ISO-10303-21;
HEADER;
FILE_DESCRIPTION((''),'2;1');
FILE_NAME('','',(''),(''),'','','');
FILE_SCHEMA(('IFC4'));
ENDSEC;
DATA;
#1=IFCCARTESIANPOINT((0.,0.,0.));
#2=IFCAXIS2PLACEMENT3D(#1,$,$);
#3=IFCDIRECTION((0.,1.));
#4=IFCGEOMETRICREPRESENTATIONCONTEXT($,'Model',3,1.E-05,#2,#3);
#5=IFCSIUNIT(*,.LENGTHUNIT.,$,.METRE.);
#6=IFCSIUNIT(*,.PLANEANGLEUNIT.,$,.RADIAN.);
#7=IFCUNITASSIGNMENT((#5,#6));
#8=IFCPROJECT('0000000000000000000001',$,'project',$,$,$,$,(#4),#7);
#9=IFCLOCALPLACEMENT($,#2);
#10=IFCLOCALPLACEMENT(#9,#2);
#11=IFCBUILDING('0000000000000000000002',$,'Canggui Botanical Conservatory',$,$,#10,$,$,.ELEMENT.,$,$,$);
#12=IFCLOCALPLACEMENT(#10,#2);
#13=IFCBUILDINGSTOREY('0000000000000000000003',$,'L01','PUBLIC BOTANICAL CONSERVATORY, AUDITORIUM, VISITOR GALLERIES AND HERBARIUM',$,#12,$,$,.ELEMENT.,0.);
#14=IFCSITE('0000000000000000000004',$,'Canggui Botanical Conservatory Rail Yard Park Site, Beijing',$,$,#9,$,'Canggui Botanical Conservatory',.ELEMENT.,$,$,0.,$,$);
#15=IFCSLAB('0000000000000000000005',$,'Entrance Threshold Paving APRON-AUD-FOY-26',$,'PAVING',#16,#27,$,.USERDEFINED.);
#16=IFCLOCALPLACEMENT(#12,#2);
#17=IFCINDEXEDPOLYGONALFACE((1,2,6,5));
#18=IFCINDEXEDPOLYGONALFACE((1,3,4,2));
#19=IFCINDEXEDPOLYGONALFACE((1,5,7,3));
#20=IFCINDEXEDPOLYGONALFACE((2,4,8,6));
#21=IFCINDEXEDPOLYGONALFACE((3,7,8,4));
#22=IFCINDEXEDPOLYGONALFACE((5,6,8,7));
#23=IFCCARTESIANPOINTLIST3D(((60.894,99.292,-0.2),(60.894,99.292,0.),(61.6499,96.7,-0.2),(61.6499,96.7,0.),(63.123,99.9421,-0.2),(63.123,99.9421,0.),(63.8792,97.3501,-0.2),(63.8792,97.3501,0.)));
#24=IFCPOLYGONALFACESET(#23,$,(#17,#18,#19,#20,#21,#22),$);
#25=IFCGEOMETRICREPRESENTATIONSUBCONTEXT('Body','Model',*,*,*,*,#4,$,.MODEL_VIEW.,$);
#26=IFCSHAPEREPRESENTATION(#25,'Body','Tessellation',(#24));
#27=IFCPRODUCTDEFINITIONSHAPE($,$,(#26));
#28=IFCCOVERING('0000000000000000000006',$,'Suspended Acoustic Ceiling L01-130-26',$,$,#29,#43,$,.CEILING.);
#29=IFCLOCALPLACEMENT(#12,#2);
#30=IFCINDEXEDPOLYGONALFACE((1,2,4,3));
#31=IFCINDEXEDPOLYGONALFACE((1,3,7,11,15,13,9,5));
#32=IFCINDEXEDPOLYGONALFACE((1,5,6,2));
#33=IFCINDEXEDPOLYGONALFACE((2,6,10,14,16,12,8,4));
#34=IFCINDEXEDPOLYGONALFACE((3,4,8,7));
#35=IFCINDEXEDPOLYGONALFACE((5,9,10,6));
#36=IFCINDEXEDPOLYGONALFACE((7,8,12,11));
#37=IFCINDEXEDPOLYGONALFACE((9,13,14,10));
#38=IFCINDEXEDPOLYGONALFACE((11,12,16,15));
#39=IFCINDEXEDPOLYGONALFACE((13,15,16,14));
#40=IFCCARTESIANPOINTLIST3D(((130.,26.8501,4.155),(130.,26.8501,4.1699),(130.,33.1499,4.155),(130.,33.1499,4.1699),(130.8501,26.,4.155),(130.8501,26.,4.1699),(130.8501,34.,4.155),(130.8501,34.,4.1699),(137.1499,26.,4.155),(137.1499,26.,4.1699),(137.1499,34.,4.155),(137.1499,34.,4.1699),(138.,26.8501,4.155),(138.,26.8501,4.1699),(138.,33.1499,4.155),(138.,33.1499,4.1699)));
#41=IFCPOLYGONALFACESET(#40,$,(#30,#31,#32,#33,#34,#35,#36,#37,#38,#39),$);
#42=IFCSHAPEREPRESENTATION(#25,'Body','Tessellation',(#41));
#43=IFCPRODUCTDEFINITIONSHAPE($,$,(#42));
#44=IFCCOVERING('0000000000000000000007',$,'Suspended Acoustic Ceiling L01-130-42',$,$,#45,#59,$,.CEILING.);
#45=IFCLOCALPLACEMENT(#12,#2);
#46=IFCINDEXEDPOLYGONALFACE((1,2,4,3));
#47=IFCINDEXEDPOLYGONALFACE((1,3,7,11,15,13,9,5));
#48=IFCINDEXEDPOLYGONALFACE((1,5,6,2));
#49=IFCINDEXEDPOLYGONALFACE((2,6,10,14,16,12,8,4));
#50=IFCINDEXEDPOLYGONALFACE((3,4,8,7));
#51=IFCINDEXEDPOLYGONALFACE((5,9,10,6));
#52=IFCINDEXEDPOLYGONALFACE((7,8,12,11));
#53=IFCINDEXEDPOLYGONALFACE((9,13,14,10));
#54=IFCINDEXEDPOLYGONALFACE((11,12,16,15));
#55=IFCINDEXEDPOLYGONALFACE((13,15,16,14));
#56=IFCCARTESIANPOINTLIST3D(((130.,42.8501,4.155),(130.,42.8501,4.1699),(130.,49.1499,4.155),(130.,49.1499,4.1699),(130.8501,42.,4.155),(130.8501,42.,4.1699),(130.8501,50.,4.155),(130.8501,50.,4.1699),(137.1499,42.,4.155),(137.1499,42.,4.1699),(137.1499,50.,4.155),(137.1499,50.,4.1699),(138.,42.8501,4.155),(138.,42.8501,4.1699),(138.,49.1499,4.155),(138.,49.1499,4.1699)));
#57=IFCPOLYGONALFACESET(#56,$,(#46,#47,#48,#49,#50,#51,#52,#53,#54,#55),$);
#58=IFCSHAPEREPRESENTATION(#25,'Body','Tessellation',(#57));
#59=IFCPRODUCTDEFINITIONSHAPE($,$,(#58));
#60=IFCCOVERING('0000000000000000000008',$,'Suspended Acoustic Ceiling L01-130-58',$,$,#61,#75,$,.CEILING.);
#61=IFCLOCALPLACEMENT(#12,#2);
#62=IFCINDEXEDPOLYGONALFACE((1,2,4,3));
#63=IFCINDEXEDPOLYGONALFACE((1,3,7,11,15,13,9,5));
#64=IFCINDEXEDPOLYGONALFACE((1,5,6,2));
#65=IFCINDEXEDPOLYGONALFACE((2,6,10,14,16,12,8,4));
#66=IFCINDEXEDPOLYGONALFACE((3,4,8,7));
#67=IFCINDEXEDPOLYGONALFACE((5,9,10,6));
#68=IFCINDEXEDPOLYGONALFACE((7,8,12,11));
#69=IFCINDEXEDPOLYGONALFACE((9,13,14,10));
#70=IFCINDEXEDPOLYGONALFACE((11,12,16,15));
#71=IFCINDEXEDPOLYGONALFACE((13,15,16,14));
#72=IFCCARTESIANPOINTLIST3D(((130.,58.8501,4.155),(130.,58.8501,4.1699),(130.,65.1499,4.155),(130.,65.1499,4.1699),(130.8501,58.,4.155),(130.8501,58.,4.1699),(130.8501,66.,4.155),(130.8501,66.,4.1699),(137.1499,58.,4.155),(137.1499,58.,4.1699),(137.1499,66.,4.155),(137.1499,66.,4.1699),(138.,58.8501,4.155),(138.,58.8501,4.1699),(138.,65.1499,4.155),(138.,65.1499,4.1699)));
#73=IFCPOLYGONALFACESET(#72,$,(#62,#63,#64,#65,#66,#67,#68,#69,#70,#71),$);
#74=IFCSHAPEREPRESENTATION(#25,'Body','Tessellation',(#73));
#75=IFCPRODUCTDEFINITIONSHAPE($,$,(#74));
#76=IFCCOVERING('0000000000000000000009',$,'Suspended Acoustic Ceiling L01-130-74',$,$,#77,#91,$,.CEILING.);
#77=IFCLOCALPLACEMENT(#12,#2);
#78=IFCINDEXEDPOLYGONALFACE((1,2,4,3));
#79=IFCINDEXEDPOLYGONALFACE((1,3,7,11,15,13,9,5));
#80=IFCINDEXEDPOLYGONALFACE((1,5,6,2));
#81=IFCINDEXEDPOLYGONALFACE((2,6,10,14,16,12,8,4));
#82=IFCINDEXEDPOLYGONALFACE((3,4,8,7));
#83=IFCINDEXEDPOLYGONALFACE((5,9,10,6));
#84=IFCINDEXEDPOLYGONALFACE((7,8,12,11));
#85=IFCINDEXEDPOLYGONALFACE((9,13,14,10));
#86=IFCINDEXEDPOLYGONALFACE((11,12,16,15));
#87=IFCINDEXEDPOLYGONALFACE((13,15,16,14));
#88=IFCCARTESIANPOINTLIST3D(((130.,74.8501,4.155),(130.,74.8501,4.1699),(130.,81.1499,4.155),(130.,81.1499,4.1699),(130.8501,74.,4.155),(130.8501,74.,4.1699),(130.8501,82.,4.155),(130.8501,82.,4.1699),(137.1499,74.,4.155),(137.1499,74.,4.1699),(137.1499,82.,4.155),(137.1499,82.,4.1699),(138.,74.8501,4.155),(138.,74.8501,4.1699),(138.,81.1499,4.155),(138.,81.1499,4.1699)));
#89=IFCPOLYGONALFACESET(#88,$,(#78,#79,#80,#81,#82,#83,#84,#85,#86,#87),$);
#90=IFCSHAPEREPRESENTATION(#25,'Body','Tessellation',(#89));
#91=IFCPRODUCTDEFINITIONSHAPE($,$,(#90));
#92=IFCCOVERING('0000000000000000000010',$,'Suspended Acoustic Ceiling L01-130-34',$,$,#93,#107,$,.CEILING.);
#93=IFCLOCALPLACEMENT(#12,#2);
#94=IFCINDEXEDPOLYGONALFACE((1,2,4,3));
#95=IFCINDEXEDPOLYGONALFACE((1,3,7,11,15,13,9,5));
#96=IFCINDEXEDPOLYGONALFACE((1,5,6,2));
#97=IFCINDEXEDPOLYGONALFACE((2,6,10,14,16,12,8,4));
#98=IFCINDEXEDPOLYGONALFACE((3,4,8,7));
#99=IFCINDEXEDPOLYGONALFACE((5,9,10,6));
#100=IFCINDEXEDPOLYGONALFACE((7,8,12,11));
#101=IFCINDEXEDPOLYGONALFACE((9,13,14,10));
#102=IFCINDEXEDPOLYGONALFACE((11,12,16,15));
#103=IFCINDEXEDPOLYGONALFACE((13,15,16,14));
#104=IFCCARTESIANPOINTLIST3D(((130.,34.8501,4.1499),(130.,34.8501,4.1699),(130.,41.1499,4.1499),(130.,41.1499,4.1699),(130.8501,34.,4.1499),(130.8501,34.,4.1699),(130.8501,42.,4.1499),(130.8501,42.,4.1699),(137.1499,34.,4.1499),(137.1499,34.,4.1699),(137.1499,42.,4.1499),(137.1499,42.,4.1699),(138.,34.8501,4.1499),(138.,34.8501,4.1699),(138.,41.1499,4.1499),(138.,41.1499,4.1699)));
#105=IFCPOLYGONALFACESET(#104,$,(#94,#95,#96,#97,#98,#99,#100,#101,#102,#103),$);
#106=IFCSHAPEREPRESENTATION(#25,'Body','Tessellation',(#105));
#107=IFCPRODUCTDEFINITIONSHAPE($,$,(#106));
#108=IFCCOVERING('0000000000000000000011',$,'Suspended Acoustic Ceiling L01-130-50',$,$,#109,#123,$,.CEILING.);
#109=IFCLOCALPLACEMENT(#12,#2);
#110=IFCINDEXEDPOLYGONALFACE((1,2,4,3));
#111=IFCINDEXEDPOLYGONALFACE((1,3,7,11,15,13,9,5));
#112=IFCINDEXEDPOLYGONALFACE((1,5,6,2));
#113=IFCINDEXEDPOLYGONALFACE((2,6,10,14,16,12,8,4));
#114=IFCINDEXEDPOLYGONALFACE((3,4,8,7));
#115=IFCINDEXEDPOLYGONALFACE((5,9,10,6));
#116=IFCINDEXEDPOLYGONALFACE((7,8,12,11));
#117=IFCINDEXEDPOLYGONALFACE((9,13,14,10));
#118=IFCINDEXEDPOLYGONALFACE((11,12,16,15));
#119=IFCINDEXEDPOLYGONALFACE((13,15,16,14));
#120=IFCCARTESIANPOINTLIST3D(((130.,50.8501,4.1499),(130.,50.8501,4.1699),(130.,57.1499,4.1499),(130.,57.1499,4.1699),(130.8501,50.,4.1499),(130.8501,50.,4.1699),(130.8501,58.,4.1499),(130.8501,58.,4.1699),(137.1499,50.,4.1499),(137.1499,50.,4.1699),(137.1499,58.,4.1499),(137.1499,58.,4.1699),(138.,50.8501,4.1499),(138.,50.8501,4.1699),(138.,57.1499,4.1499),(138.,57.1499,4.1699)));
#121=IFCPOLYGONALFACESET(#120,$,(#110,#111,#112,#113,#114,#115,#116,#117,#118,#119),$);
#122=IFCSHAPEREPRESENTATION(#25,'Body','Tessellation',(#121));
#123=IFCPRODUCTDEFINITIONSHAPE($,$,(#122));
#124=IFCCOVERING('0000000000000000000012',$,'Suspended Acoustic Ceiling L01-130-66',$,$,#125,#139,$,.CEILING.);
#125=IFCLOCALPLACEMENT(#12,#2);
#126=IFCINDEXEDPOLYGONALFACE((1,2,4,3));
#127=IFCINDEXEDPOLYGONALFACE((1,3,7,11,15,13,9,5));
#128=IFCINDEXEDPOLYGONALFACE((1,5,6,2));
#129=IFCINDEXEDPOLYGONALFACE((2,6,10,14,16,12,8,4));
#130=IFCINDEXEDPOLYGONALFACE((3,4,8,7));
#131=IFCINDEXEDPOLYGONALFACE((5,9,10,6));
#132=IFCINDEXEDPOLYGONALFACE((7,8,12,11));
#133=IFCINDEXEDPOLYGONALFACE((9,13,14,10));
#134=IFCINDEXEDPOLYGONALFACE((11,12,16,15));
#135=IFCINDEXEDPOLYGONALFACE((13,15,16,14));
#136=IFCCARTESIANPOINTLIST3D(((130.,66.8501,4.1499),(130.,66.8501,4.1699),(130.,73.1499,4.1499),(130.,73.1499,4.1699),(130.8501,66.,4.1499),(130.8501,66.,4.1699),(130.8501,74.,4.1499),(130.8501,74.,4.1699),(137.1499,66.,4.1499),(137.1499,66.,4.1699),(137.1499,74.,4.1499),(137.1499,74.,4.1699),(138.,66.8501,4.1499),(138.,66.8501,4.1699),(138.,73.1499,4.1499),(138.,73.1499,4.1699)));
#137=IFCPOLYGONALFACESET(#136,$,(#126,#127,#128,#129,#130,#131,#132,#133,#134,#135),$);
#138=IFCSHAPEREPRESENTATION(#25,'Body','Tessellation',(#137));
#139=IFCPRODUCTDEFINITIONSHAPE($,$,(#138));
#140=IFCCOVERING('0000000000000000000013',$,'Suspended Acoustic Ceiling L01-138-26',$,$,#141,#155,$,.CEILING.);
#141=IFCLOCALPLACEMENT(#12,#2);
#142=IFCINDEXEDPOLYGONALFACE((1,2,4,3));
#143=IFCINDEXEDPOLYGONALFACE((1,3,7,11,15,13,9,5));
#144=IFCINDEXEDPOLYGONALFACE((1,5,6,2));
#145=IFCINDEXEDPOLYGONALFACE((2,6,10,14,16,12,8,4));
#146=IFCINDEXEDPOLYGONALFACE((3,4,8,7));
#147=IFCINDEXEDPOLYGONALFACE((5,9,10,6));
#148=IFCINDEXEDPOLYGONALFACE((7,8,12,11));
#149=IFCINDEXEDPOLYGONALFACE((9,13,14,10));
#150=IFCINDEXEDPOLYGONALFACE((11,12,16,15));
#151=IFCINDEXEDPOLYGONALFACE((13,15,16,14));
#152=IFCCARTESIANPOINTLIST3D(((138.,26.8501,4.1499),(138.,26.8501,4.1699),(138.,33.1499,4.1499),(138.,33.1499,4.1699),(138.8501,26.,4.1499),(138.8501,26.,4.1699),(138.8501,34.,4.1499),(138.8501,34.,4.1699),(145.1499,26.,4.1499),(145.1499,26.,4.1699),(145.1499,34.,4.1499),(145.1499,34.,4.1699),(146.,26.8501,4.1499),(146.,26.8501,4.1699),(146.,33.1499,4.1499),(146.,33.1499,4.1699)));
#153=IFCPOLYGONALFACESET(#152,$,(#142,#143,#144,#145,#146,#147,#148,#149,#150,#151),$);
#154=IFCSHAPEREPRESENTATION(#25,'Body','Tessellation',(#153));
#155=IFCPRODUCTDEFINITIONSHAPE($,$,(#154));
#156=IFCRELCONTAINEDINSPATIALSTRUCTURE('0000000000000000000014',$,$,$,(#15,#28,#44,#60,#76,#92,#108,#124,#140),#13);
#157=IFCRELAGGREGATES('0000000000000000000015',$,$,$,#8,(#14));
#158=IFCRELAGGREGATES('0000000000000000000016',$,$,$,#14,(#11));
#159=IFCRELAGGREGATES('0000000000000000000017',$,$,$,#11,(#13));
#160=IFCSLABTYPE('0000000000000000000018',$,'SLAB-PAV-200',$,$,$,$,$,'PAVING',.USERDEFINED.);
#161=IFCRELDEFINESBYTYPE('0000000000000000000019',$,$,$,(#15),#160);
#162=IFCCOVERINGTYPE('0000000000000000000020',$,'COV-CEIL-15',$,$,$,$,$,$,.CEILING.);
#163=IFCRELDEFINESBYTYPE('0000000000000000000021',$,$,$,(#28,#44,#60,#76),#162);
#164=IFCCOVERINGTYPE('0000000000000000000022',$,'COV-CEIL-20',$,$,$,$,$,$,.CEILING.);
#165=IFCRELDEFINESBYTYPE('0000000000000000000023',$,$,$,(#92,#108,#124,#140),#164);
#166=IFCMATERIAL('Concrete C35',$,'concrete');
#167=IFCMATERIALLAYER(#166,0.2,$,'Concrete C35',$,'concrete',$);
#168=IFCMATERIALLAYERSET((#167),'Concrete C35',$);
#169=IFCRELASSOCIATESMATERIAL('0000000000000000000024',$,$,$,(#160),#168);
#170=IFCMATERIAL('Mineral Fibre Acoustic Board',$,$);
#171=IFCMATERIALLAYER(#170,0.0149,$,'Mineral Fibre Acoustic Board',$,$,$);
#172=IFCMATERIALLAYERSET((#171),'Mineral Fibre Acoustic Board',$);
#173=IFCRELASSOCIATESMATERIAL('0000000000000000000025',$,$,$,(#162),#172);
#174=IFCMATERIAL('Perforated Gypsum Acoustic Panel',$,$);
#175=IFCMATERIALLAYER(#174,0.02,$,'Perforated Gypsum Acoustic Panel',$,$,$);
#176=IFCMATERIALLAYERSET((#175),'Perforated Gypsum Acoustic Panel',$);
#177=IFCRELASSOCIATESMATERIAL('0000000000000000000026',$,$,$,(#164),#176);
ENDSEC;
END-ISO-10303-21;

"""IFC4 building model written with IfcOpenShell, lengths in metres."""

from ifc_helpers import new_model, si_unit, direction, frame, origin, place, context, subcontext, project, spatial, polyline, outline, extrude, material, layer, layer_set, type_object, element, save


model = new_model("IFC4")

# Units and contexts
model_context = context("Model", 3, precision=1e-05, world=origin(), true_north=direction((0.0, 1.0)))
body_context = subcontext(model_context, "Body", "Model", "MODEL_VIEW")
ifc_project = project(units=[si_unit("LENGTHUNIT", "METRE"), si_unit("PLANEANGLEUNIT", "RADIAN")], contexts=[model_context])

# Site, building, storey
site_placement = place(None, origin())
site = spatial("IfcSite", under=ifc_project, at=site_placement, Name="Canggui Botanical Conservatory Rail Yard Park Site, Beijing", LongName="Canggui Botanical Conservatory", CompositionType="ELEMENT", RefElevation=0.0)
building_placement = place(site_placement, origin())
building = spatial("IfcBuilding", under=site, at=building_placement, Name="Canggui Botanical Conservatory", CompositionType="ELEMENT")
storey_placement = place(building_placement, origin())
storey = spatial("IfcBuildingStorey", under=building, at=storey_placement, Name="L01", Description="PUBLIC BOTANICAL CONSERVATORY, AUDITORIUM, VISITOR GALLERIES AND HERBARIUM", CompositionType="ELEMENT", Elevation=0.0)

# Shared definitions
ifc_material_1 = material(Name="Concrete C35", Category="concrete")

# Slab
ifc_layer_1 = layer(ifc_material_1, 0.2, Name="Concrete C35", Category="concrete")
ifc_layer_set_1 = layer_set([ifc_layer_1], Name="Concrete C35")
slab_type_1 = type_object("IfcSlabType", Name="SLAB-PAV-200", ElementType="PAVING", PredefinedType="USERDEFINED", material=ifc_layer_set_1)
slab_1_placement = place(storey_placement, frame((0.0, 0.0, -0.2)))
element("IfcSlab", 1, at=slab_1_placement, inside=storey, type_object=slab_type_1, Name="Entrance Threshold Paving APRON-AUD-FOY-26", ObjectType="PAVING", PredefinedType="USERDEFINED", context=body_context, shape_type="SweptSolid", body=[
    extrude(outline(polyline([(63.123, 99.9421), (63.8792, 97.3501), (61.6499, 96.7), (60.894, 99.292), (63.123, 99.9421)])), origin(), (0.0, 0.0, 1.0), 0.2),
])

# Coverings
ifc_material_2 = material(Name="Mineral Fibre Acoustic Board")
ifc_layer_2 = layer(ifc_material_2, 0.0149, Name="Mineral Fibre Acoustic Board")
ifc_layer_set_2 = layer_set([ifc_layer_2], Name="Mineral Fibre Acoustic Board")
covering_type_1 = type_object("IfcCoveringType", Name="COV-CEIL-15", PredefinedType="CEILING", material=ifc_layer_set_2)
covering_1_placement = place(storey_placement, frame((0.0, 0.0, 4.155)))
element("IfcCovering", 2, at=covering_1_placement, inside=storey, type_object=covering_type_1, Name="Suspended Acoustic Ceiling L01-130-26", PredefinedType="CEILING", context=body_context, shape_type="SweptSolid", body=[
    extrude(outline(polyline([(130.8501, 26.0), (137.1499, 26.0), (138.0, 26.8501), (138.0, 33.1499), (137.1499, 34.0), (130.8501, 34.0), (130.0, 33.1499), (130.0, 26.8501), (130.8501, 26.0)])), origin(), (0.0, 0.0, 1.0), 0.0149),
])
covering_2_placement = place(storey_placement, frame((0.0, 0.0, 4.155)))
element("IfcCovering", 3, at=covering_2_placement, inside=storey, type_object=covering_type_1, Name="Suspended Acoustic Ceiling L01-130-42", PredefinedType="CEILING", context=body_context, shape_type="SweptSolid", body=[
    extrude(outline(polyline([(130.8501, 42.0), (137.1499, 42.0), (138.0, 42.8501), (138.0, 49.1499), (137.1499, 50.0), (130.8501, 50.0), (130.0, 49.1499), (130.0, 42.8501), (130.8501, 42.0)])), origin(), (0.0, 0.0, 1.0), 0.0149),
])
covering_3_placement = place(storey_placement, frame((0.0, 0.0, 4.155)))
element("IfcCovering", 4, at=covering_3_placement, inside=storey, type_object=covering_type_1, Name="Suspended Acoustic Ceiling L01-130-58", PredefinedType="CEILING", context=body_context, shape_type="SweptSolid", body=[
    extrude(outline(polyline([(130.8501, 58.0), (137.1499, 58.0), (138.0, 58.8501), (138.0, 65.1499), (137.1499, 66.0), (130.8501, 66.0), (130.0, 65.1499), (130.0, 58.8501), (130.8501, 58.0)])), origin(), (0.0, 0.0, 1.0), 0.0149),
])
covering_4_placement = place(storey_placement, frame((0.0, 0.0, 4.155)))
element("IfcCovering", 5, at=covering_4_placement, inside=storey, type_object=covering_type_1, Name="Suspended Acoustic Ceiling L01-130-74", PredefinedType="CEILING", context=body_context, shape_type="SweptSolid", body=[
    extrude(outline(polyline([(130.8501, 74.0), (137.1499, 74.0), (138.0, 74.8501), (138.0, 81.1499), (137.1499, 82.0), (130.8501, 82.0), (130.0, 81.1499), (130.0, 74.8501), (130.8501, 74.0)])), origin(), (0.0, 0.0, 1.0), 0.0149),
])
ifc_material_3 = material(Name="Perforated Gypsum Acoustic Panel")
ifc_layer_3 = layer(ifc_material_3, 0.02, Name="Perforated Gypsum Acoustic Panel")
ifc_layer_set_3 = layer_set([ifc_layer_3], Name="Perforated Gypsum Acoustic Panel")
covering_type_2 = type_object("IfcCoveringType", Name="COV-CEIL-20", PredefinedType="CEILING", material=ifc_layer_set_3)
covering_5_placement = place(storey_placement, frame((0.0, 0.0, 4.1499)))
element("IfcCovering", 6, at=covering_5_placement, inside=storey, type_object=covering_type_2, Name="Suspended Acoustic Ceiling L01-130-34", PredefinedType="CEILING", context=body_context, shape_type="SweptSolid", body=[
    extrude(outline(polyline([(130.8501, 34.0), (137.1499, 34.0), (138.0, 34.8501), (138.0, 41.1499), (137.1499, 42.0), (130.8501, 42.0), (130.0, 41.1499), (130.0, 34.8501), (130.8501, 34.0)])), origin(), (0.0, 0.0, 1.0), 0.02),
])
covering_6_placement = place(storey_placement, frame((0.0, 0.0, 4.1499)))
element("IfcCovering", 7, at=covering_6_placement, inside=storey, type_object=covering_type_2, Name="Suspended Acoustic Ceiling L01-130-50", PredefinedType="CEILING", context=body_context, shape_type="SweptSolid", body=[
    extrude(outline(polyline([(130.8501, 50.0), (137.1499, 50.0), (138.0, 50.8501), (138.0, 57.1499), (137.1499, 58.0), (130.8501, 58.0), (130.0, 57.1499), (130.0, 50.8501), (130.8501, 50.0)])), origin(), (0.0, 0.0, 1.0), 0.02),
])
covering_7_placement = place(storey_placement, frame((0.0, 0.0, 4.1499)))
element("IfcCovering", 8, at=covering_7_placement, inside=storey, type_object=covering_type_2, Name="Suspended Acoustic Ceiling L01-130-66", PredefinedType="CEILING", context=body_context, shape_type="SweptSolid", body=[
    extrude(outline(polyline([(130.8501, 66.0), (137.1499, 66.0), (138.0, 66.8501), (138.0, 73.1499), (137.1499, 74.0), (130.8501, 74.0), (130.0, 73.1499), (130.0, 66.8501), (130.8501, 66.0)])), origin(), (0.0, 0.0, 1.0), 0.02),
])
covering_8_placement = place(storey_placement, frame((0.0, 0.0, 4.1499)))
element("IfcCovering", 9, at=covering_8_placement, inside=storey, type_object=covering_type_2, Name="Suspended Acoustic Ceiling L01-138-26", PredefinedType="CEILING", context=body_context, shape_type="SweptSolid", body=[
    extrude(outline(polyline([(138.8501, 26.0), (145.1499, 26.0), (146.0, 26.8501), (146.0, 33.1499), (145.1499, 34.0), (138.8501, 34.0), (138.0, 33.1499), (138.0, 26.8501), (138.8501, 26.0)])), origin(), (0.0, 0.0, 1.0), 0.02),
])

save(model, "model.ifc")
